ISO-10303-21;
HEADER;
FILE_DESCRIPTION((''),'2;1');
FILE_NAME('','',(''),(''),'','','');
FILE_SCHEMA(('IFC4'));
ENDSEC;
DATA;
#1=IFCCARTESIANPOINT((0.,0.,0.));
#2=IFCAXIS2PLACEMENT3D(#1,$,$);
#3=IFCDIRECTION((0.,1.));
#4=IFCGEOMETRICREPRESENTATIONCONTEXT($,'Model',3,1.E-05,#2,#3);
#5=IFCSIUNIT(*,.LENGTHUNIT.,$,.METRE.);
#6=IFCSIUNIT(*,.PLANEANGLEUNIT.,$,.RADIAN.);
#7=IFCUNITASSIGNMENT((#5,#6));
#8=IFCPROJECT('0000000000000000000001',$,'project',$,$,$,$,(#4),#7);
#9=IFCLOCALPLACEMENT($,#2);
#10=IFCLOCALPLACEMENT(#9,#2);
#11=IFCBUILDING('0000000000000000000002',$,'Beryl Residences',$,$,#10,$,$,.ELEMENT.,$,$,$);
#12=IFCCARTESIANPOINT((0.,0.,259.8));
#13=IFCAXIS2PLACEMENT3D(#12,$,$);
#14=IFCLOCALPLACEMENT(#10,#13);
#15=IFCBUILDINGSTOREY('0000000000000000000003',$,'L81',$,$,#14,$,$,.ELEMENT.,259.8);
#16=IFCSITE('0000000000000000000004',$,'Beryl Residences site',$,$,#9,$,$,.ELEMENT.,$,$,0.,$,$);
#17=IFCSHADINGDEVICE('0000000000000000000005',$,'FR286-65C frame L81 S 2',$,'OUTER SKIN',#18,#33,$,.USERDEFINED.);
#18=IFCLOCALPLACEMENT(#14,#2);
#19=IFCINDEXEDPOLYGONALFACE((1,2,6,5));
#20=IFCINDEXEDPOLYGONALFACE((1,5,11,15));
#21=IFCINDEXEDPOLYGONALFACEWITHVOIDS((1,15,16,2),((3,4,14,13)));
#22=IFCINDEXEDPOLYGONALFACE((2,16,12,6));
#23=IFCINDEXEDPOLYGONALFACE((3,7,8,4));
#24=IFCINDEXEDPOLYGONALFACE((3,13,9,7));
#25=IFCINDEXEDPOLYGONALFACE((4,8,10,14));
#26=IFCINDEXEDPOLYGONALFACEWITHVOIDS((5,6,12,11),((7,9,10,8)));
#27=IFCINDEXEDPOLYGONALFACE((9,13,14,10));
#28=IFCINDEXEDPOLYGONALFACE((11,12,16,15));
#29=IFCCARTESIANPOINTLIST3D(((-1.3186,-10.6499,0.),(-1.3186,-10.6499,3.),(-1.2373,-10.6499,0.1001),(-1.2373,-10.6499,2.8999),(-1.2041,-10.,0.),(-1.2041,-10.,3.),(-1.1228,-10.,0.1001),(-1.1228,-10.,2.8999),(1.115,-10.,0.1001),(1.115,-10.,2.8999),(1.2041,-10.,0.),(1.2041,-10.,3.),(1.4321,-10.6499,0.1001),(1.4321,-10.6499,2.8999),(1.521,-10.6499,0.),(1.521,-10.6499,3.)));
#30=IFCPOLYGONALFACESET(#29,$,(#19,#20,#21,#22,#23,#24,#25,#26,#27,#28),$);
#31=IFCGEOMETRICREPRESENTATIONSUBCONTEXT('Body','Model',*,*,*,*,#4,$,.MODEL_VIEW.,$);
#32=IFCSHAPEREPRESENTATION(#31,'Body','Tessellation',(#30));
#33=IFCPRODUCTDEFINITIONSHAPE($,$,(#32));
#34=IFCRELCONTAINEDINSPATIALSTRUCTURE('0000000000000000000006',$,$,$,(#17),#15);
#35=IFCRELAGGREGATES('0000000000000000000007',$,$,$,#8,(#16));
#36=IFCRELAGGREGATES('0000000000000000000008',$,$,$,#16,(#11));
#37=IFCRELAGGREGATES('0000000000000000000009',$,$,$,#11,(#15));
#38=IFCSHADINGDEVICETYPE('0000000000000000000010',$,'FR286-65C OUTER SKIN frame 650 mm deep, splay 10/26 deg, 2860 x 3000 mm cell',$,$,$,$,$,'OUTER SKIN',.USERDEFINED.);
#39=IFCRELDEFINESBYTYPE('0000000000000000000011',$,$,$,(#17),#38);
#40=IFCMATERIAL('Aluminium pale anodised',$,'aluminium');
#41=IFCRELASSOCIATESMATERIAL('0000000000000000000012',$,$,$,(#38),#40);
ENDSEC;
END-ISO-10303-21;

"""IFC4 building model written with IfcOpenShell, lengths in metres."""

from ifc_helpers import new_model, entity, si_unit, direction, frame, origin, place, context, subcontext, project, spatial, source, transform, mapped, material, type_object, type_shapes, element, save


model = new_model("IFC4")

# Units and contexts
model_context = context("Model", 3, precision=1e-05, world=origin(), true_north=direction((0.0, 1.0)))
body_context = subcontext(model_context, "Body", "Model", "MODEL_VIEW")
ifc_project = project(units=[si_unit("LENGTHUNIT", "METRE"), si_unit("PLANEANGLEUNIT", "RADIAN")], contexts=[model_context])

# Site, building, storey
site_placement = place(None, origin())
site = spatial("IfcSite", under=ifc_project, at=site_placement, Name="Beryl Residences site", CompositionType="ELEMENT", RefElevation=0.0)
building_placement = place(site_placement, origin())
building = spatial("IfcBuilding", under=site, at=building_placement, Name="Beryl Residences", CompositionType="ELEMENT")
storey_placement = place(building_placement, frame((0.0, 0.0, 259.8)))
storey = spatial("IfcBuildingStorey", under=building, at=storey_placement, Name="L81", CompositionType="ELEMENT", Elevation=259.8)

# Shading device
ifc_material_1 = material(Name="Aluminium pale anodised", Category="aluminium")
shading_device_type_1 = type_object("IfcShadingDeviceType", Name="FR286-65C OUTER SKIN frame 650 mm deep, splay 10/26 deg, 2860 x 3000 mm cell", ElementType="OUTER SKIN", PredefinedType="USERDEFINED", material=ifc_material_1)
cartesian_point_1 = entity("IfcCartesianPoint", [-1.2041, 0.0])
cartesian_point_2 = entity("IfcCartesianPoint", [-1.1228, 0.1001])
cartesian_point_3 = entity("IfcCartesianPoint", [-1.3186, 0.0])
cartesian_point_4 = entity("IfcCartesianPoint", [-1.2373, 0.1001])
shared_shape_1 = source(origin(), body_context, "Body", "SweptSolid", [
    entity("IfcExtrudedAreaSolidTapered", entity("IfcArbitraryProfileDefWithVoids", "AREA", None, entity("IfcPolyline", [cartesian_point_1, entity("IfcCartesianPoint", [1.2041, 0.0]), entity("IfcCartesianPoint", [1.2041, 3.0]), entity("IfcCartesianPoint", [-1.2041, 3.0]), cartesian_point_1]), [entity("IfcPolyline", [cartesian_point_2, entity("IfcCartesianPoint", [1.115, 0.1001]), entity("IfcCartesianPoint", [1.115, 2.8999]), entity("IfcCartesianPoint", [-1.1228, 2.8999]), cartesian_point_2])]), entity("IfcAxis2Placement3D", entity("IfcCartesianPoint", [0.0, 0.0, 0.0]), entity("IfcDirection", [0.0, 1.0, 0.0]), entity("IfcDirection", [-1.0, 0.0, 0.0])), entity("IfcDirection", [0.0, 0.0, 1.0]), 0.6499, entity("IfcArbitraryProfileDefWithVoids", "AREA", None, entity("IfcPolyline", [cartesian_point_3, entity("IfcCartesianPoint", [1.521, 0.0]), entity("IfcCartesianPoint", [1.521, 3.0]), entity("IfcCartesianPoint", [-1.3186, 3.0]), cartesian_point_3]), [entity("IfcPolyline", [cartesian_point_4, entity("IfcCartesianPoint", [1.4321, 0.1001]), entity("IfcCartesianPoint", [1.4321, 2.8999]), entity("IfcCartesianPoint", [-1.2373, 2.8999]), cartesian_point_4])])),
])
type_shapes(shading_device_type_1, [shared_shape_1])
for number, where, z_axis, x_axis, name in (
    (1, (0.0, -10.0, 0.0), (0.0, 0.0, 1.0), (-1.0, 0.0, 0.0), "FR286-65C frame L81 S 2"),
):
    element("IfcShadingDevice", number, at=place(storey_placement, frame(where, z_axis=z_axis, x_axis=x_axis)), inside=storey, type_object=shading_device_type_1, Name=name, ObjectType="OUTER SKIN", PredefinedType="USERDEFINED", context=body_context, shape_type="MappedRepresentation", body=[
        mapped(shared_shape_1, transform((0.0, 0.0, 0.0))),
    ])

save(model, "model.ifc")
